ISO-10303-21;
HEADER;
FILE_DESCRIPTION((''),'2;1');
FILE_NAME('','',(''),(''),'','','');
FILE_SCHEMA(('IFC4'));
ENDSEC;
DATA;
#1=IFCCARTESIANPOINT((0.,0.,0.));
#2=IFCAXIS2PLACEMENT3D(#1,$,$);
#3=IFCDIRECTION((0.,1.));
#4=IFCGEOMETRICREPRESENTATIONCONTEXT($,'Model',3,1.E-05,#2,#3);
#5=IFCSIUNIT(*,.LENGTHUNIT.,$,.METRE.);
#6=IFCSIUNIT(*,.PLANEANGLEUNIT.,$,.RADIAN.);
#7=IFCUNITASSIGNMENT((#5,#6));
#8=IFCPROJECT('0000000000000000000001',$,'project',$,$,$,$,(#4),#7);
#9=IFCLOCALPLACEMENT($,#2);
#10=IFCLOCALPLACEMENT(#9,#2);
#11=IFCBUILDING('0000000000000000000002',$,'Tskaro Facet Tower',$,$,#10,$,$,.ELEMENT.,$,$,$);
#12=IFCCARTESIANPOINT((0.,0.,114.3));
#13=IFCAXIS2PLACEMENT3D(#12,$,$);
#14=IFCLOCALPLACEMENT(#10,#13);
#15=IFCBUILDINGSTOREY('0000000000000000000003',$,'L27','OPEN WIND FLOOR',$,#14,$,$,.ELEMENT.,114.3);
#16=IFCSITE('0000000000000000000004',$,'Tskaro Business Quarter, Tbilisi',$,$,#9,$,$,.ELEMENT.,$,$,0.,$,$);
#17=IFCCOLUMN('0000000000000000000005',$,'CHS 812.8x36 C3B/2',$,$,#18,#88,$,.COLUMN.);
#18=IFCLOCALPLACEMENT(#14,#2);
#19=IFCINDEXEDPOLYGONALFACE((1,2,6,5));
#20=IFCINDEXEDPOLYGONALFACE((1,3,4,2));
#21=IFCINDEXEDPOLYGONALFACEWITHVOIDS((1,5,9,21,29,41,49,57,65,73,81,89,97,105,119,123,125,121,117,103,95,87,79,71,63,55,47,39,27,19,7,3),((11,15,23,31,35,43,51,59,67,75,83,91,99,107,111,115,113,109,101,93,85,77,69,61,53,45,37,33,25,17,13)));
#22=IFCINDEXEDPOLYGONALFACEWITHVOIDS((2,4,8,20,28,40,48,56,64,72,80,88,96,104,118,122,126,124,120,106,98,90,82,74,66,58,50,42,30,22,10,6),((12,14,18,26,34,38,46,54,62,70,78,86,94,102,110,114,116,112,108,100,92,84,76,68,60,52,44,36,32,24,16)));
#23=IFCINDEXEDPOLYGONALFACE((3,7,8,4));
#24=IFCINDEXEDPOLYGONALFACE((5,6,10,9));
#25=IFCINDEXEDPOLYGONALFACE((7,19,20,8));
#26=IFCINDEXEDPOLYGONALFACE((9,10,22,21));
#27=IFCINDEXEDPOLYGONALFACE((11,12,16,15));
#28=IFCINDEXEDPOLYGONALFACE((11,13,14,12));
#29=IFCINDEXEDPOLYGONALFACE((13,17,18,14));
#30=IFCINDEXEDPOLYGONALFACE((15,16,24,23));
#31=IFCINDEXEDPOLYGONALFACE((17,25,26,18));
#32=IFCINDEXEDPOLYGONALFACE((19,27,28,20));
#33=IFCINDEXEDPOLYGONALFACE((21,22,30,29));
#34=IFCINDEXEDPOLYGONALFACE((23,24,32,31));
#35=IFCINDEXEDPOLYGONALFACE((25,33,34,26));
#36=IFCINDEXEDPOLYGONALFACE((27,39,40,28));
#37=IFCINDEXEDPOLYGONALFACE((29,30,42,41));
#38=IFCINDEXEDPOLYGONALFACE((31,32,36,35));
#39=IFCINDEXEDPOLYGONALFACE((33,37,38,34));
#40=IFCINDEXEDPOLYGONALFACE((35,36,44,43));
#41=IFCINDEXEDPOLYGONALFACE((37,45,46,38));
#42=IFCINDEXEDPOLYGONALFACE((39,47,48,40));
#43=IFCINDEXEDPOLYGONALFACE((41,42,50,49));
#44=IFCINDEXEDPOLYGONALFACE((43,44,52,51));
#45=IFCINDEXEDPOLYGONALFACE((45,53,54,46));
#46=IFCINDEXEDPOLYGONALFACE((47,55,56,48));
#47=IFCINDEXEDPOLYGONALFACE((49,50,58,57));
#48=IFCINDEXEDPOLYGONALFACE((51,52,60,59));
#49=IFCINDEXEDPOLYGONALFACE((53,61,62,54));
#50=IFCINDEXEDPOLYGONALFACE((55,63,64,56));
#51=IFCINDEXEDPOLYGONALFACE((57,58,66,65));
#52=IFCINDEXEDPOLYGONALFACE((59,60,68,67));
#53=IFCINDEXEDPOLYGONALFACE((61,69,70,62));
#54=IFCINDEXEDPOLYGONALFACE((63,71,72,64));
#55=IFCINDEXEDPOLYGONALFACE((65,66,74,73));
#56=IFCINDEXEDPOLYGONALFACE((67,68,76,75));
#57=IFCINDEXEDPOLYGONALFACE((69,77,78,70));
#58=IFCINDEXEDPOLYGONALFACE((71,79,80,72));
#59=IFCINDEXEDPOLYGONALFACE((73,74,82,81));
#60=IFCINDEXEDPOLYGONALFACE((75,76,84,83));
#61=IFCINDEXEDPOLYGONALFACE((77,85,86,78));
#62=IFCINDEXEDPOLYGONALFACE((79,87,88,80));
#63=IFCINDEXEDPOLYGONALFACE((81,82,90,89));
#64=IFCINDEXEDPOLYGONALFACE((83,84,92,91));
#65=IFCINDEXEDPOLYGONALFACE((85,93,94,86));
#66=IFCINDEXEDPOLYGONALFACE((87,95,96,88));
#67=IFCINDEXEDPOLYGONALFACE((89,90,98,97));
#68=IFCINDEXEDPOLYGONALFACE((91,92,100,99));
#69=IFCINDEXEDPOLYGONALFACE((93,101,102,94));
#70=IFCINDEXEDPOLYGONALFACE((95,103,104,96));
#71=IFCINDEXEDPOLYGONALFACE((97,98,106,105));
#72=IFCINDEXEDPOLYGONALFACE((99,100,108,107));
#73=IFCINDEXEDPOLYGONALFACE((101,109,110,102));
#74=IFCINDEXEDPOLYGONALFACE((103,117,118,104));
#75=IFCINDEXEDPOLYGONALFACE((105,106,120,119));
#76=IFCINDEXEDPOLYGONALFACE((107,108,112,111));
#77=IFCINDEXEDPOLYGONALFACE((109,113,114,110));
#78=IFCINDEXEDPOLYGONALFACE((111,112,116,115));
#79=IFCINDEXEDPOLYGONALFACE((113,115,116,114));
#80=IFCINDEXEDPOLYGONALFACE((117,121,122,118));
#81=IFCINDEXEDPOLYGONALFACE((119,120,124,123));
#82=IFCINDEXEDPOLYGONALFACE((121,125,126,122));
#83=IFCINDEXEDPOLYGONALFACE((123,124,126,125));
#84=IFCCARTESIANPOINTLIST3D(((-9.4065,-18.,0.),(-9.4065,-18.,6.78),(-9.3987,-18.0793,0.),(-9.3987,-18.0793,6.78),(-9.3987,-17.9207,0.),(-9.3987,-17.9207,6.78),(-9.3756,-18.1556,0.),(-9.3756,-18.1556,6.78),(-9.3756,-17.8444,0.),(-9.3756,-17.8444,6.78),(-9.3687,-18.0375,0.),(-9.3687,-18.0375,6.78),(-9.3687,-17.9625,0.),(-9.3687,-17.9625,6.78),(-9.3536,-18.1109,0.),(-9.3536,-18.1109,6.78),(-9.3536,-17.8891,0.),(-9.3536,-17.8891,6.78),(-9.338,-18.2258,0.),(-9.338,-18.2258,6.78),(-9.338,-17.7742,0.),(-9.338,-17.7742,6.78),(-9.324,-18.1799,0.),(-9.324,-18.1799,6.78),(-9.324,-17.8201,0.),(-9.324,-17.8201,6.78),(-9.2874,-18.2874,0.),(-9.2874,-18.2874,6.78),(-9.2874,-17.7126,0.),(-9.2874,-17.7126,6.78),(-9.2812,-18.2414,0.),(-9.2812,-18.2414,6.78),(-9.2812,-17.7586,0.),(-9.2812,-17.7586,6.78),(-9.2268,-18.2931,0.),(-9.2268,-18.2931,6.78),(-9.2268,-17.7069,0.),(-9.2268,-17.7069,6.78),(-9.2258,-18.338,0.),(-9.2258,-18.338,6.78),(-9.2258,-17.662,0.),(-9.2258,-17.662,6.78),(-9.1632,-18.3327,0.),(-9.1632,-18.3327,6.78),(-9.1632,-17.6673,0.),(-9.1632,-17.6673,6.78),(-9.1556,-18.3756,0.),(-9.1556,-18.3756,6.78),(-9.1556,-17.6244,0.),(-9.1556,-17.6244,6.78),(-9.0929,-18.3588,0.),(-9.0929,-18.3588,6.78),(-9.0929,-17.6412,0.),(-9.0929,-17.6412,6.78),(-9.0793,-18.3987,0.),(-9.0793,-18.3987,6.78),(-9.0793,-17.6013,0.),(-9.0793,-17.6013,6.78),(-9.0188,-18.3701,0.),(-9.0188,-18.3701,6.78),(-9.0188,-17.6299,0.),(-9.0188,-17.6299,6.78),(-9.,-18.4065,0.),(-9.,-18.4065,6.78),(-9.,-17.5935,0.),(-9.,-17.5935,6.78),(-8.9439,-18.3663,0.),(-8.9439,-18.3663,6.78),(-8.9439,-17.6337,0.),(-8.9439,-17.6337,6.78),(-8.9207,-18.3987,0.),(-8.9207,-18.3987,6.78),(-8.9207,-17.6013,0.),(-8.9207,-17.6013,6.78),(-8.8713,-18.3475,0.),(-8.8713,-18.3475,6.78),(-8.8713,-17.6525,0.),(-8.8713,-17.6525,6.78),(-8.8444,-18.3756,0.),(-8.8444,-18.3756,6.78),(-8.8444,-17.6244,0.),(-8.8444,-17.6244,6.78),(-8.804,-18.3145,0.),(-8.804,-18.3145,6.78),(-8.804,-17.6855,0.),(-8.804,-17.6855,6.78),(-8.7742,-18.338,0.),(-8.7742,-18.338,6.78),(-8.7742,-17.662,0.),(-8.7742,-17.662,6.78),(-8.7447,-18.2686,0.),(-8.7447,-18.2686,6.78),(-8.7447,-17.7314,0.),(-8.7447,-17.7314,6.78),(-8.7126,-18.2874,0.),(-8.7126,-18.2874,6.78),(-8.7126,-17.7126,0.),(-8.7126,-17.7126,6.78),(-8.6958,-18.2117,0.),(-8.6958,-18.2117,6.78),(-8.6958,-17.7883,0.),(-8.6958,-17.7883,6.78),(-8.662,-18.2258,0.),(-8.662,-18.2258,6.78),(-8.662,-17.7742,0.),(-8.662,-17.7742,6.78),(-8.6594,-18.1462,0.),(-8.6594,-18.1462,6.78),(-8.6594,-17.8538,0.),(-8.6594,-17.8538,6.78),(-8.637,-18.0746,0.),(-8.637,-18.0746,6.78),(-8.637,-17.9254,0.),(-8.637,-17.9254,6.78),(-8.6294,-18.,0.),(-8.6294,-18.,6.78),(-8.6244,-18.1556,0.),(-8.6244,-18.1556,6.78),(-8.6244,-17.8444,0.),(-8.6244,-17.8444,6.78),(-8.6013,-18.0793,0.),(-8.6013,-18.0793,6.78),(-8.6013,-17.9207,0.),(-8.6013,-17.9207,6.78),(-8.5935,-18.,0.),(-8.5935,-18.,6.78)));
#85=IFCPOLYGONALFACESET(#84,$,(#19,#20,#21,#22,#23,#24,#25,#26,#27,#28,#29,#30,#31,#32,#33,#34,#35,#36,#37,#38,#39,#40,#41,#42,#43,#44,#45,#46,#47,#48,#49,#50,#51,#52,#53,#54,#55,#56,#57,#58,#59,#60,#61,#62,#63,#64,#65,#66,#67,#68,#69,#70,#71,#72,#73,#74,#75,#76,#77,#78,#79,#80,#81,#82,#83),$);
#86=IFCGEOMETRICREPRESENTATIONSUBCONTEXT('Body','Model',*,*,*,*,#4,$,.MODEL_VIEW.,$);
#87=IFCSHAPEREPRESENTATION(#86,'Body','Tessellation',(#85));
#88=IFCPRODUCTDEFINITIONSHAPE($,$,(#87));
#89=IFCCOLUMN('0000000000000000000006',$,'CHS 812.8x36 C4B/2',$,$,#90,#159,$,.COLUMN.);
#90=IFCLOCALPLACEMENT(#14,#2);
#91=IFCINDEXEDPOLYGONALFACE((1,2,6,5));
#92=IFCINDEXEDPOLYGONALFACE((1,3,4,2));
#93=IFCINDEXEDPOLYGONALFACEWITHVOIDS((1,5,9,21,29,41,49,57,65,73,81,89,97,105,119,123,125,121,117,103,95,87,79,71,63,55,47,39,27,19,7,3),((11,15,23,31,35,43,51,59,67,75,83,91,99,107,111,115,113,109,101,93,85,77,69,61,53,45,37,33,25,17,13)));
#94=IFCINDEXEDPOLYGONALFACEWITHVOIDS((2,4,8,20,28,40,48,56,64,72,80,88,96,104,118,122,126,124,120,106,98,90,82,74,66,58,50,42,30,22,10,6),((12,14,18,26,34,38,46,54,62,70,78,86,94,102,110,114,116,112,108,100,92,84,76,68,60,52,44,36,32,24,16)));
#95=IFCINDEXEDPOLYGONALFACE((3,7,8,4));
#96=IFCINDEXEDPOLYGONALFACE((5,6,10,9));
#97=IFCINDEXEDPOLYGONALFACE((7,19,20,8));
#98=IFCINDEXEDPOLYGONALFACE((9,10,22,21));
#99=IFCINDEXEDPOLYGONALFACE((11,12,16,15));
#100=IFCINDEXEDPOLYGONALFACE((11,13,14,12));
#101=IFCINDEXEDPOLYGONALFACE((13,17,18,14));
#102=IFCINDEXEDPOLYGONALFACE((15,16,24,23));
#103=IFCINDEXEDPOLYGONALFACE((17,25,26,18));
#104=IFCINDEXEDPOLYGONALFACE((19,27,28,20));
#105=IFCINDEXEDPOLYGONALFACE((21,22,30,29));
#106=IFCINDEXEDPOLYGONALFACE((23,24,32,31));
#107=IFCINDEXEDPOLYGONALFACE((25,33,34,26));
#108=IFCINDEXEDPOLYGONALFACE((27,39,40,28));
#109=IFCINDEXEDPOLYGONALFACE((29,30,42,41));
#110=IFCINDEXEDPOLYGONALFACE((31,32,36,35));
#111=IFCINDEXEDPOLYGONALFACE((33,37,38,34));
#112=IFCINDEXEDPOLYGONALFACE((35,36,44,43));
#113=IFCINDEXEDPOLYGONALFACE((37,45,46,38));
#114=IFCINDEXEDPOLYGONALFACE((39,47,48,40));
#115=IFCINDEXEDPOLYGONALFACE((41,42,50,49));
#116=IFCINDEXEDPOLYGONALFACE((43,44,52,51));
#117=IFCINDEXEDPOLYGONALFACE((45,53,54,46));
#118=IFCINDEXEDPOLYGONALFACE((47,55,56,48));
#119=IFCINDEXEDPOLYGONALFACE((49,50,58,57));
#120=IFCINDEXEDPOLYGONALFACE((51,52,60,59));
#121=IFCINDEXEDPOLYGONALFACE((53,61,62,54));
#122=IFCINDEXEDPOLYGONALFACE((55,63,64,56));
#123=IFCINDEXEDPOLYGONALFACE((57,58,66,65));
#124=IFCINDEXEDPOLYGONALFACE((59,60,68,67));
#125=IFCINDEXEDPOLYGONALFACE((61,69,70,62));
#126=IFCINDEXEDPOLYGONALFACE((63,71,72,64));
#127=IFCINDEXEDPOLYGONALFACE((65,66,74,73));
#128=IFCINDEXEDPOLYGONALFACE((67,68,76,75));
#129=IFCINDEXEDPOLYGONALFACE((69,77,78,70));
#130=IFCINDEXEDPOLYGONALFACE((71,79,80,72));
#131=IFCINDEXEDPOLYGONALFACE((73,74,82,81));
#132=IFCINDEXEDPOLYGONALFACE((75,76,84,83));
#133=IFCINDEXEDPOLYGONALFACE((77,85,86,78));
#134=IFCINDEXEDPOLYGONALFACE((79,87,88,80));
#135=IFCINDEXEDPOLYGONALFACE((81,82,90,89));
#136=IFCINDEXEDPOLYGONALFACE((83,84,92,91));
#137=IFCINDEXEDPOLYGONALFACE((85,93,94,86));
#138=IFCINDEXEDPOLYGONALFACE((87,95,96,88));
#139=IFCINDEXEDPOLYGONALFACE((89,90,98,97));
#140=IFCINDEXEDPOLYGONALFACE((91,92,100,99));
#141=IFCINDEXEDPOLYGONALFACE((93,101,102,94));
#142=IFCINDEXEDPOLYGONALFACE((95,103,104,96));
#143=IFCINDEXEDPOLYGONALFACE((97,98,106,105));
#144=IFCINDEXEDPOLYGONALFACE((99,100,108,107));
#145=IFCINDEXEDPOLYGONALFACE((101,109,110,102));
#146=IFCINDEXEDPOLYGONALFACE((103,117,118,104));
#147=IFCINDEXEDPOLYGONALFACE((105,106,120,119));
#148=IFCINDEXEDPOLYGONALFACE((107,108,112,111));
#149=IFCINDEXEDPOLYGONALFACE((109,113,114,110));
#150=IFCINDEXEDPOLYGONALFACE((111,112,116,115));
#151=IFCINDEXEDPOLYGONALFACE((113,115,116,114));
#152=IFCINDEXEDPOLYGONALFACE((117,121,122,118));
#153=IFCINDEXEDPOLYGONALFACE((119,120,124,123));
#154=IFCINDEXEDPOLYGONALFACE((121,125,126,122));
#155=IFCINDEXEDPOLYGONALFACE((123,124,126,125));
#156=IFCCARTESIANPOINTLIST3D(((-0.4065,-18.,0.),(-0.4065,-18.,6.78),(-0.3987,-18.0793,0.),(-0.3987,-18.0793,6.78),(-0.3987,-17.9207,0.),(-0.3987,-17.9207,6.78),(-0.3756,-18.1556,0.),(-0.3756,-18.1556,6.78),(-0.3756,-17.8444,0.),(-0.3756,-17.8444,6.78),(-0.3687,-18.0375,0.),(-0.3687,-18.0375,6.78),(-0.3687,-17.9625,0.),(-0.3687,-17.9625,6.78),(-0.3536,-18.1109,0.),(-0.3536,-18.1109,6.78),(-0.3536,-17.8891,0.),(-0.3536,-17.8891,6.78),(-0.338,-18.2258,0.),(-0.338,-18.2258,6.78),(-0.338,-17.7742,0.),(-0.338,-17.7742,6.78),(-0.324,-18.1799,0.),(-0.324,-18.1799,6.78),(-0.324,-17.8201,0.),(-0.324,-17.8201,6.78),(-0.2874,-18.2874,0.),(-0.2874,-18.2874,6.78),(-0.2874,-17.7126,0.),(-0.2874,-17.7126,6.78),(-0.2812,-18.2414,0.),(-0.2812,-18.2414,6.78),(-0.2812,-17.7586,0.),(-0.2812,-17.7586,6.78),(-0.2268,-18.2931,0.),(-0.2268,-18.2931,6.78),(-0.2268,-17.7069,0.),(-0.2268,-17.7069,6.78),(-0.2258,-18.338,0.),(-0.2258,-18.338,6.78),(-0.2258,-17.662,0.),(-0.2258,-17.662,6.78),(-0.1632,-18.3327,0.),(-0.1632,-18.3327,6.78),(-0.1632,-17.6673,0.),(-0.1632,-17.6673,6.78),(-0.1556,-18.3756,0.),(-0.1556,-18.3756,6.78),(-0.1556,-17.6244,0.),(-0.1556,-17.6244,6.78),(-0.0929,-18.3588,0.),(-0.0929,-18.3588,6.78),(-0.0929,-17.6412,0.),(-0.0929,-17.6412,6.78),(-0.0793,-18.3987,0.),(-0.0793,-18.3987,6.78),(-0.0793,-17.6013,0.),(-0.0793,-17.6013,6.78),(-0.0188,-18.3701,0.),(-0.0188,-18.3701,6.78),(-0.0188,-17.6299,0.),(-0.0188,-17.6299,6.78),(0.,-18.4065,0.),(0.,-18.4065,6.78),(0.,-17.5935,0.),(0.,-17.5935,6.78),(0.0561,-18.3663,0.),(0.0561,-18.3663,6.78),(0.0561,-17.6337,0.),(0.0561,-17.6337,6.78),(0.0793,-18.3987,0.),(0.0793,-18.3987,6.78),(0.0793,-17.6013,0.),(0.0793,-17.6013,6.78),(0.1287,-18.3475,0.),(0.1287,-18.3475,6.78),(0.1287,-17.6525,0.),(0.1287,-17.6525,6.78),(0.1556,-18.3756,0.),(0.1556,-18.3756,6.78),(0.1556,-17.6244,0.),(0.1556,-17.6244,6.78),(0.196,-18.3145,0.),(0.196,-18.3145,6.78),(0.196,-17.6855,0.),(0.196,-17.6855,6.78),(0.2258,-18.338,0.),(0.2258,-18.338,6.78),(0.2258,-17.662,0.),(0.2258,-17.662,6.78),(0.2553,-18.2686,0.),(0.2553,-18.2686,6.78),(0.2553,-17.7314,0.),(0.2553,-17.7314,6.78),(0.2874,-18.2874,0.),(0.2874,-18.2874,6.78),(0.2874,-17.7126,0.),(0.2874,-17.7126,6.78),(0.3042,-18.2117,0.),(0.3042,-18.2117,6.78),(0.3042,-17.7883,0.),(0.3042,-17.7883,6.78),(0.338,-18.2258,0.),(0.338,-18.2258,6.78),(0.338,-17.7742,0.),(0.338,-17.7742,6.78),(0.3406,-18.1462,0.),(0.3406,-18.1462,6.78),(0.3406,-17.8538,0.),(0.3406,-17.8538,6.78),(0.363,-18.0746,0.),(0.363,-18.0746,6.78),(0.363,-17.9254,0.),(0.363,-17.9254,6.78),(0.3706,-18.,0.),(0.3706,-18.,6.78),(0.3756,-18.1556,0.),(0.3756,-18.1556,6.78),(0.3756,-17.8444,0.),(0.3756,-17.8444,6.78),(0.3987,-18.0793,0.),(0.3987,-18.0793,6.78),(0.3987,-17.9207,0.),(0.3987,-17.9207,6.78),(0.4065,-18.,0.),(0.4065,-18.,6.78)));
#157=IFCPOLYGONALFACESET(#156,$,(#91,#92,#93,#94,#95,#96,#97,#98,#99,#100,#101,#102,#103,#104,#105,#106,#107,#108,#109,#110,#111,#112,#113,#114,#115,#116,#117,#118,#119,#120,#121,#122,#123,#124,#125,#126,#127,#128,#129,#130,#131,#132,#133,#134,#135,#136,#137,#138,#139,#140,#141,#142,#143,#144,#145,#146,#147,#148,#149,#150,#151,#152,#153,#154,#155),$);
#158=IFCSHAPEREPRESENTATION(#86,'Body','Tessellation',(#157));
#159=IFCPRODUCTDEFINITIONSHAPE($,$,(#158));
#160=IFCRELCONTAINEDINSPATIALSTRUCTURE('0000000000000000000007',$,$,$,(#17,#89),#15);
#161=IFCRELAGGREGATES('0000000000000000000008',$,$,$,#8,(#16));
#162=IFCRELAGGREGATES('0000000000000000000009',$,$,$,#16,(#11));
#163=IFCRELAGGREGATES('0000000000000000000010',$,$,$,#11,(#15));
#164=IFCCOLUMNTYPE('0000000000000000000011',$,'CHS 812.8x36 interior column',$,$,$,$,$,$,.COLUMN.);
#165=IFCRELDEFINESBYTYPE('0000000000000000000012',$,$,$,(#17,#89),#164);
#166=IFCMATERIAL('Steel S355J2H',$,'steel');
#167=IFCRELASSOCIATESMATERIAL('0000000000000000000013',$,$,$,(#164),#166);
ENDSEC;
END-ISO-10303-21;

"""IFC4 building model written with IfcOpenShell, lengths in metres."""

from ifc_helpers import new_model, si_unit, direction, frame, origin, origin_2d, place, context, subcontext, project, spatial, hollow_circle, extrude, material, material_profile, profile_set, type_object, element, save


model = new_model("IFC4")

# Units and contexts
model_context = context("Model", 3, precision=1e-05, world=origin(), true_north=direction((0.0, 1.0)))
body_context = subcontext(model_context, "Body", "Model", "MODEL_VIEW")
ifc_project = project(units=[si_unit("LENGTHUNIT", "METRE"), si_unit("PLANEANGLEUNIT", "RADIAN")], contexts=[model_context])

# Site, building, storey
site_placement = place(None, origin())
site = spatial("IfcSite", under=ifc_project, at=site_placement, Name="Tskaro Business Quarter, Tbilisi", CompositionType="ELEMENT", RefElevation=0.0)
building_placement = place(site_placement, origin())
building = spatial("IfcBuilding", under=site, at=building_placement, Name="Tskaro Facet Tower", CompositionType="ELEMENT")
storey_placement = place(building_placement, frame((0.0, 0.0, 114.3)))
storey = spatial("IfcBuildingStorey", under=building, at=storey_placement, Name="L27", Description="OPEN WIND FLOOR", CompositionType="ELEMENT", Elevation=114.3)

# Columns
ifc_material_1 = material(Name="Steel S355J2H", Category="steel")
ifc_material_profile_1 = material_profile(ifc_material_1, hollow_circle(Radius=0.4065, WallThickness=0.0359, at=origin_2d()), Name="CHS 812.8x36")
ifc_profile_set_1 = profile_set([ifc_material_profile_1], Name="Steel S355J2H")
column_type_1 = type_object("IfcColumnType", Name="CHS 812.8x36 interior column", PredefinedType="COLUMN", material=ifc_profile_set_1)
for number, where, z_axis, x_axis, name in (
    (1, (-9.0, -18.0, 0.0), (0.0, 0.0, 1.0), (1.0, 0.0, 0.0), "CHS 812.8x36 C3B/2"),
    (2, (0.0, -18.0, 0.0), (0.0, 0.0, 1.0), (1.0, 0.0, 0.0), "CHS 812.8x36 C4B/2"),
):
    element("IfcColumn", number, at=place(storey_placement, frame(where, z_axis=z_axis, x_axis=x_axis)), inside=storey, type_object=column_type_1, Name=name, PredefinedType="COLUMN", context=body_context, shape_type="SweptSolid", body=[
        extrude(hollow_circle(Radius=0.4065, WallThickness=0.0359, at=origin_2d()), origin(), (0.0, 0.0, 1.0), 6.78),
    ])

save(model, "model.ifc")
